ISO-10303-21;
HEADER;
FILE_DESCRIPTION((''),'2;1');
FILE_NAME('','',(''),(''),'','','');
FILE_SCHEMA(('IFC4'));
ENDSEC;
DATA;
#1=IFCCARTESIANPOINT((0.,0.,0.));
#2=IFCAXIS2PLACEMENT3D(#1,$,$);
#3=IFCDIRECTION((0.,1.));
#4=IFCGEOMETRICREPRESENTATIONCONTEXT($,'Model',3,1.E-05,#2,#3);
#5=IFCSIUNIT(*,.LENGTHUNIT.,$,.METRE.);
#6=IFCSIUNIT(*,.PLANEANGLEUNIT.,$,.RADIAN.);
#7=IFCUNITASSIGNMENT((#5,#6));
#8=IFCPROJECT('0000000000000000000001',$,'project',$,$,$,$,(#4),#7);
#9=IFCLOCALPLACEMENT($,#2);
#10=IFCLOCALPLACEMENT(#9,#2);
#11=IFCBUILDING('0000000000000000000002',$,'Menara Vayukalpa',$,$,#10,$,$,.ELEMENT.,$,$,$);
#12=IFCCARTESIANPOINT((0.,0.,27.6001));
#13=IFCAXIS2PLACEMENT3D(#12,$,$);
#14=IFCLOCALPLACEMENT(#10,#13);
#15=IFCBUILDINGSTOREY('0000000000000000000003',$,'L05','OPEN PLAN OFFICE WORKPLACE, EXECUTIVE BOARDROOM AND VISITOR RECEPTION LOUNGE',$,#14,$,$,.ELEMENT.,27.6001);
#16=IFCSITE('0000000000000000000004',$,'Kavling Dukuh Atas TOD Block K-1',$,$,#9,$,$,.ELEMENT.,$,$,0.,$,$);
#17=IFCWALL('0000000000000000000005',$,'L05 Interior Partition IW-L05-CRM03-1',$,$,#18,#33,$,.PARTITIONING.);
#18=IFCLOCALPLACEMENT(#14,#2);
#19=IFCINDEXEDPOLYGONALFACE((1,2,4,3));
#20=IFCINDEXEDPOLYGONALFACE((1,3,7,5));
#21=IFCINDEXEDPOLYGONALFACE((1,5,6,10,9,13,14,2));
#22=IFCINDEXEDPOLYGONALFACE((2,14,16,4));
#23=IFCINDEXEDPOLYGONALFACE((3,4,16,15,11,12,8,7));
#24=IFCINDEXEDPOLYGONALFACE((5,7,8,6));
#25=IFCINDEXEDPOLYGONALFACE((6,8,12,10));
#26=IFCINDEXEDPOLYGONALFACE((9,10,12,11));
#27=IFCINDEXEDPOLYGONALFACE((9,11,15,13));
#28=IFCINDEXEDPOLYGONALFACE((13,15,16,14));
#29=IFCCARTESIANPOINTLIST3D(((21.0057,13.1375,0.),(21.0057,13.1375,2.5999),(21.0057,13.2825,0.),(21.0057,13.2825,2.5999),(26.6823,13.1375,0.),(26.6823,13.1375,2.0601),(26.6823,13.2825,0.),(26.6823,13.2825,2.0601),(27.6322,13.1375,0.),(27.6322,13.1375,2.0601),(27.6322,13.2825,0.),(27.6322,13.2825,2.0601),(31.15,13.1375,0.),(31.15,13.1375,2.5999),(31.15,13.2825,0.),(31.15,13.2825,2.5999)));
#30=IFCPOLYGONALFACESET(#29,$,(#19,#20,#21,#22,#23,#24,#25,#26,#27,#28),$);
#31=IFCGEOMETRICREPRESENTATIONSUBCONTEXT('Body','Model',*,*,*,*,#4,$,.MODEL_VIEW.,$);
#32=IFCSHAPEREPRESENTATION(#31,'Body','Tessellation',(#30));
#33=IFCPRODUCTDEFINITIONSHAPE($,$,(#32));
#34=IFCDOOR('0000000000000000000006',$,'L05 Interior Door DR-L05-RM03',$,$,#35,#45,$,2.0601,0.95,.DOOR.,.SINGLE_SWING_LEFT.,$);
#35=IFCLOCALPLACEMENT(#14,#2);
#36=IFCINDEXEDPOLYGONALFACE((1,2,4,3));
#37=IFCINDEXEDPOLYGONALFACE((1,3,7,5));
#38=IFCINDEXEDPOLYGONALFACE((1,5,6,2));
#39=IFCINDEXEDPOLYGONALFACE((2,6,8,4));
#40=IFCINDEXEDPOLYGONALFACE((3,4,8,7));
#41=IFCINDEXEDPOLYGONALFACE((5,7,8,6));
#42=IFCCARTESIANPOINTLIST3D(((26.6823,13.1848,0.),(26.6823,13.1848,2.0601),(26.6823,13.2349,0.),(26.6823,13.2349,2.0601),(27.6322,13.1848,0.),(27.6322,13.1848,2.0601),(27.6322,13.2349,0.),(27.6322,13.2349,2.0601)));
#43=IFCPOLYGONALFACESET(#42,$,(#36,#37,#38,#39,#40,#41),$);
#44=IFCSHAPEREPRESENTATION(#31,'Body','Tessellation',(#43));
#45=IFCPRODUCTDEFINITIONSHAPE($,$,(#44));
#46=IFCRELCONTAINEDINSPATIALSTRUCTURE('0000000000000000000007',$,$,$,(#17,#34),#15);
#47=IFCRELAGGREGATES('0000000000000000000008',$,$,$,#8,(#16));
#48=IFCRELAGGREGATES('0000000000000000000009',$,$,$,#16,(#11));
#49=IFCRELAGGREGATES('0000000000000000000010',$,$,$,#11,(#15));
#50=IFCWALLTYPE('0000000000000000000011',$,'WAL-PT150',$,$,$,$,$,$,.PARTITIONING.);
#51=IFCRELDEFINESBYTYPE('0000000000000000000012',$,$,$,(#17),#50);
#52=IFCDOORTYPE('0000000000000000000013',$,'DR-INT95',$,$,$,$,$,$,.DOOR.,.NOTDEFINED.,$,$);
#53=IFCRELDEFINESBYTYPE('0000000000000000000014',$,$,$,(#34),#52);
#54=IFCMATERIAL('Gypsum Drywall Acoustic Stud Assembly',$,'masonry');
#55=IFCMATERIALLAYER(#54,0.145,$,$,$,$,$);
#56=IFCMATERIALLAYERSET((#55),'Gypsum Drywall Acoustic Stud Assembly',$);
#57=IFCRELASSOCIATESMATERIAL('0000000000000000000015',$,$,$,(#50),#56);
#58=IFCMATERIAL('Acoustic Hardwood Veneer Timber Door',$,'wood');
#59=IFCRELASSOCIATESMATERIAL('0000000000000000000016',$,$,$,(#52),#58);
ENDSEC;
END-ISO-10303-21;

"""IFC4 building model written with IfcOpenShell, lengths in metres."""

from ifc_helpers import new_model, si_unit, direction, frame, frame_2d, origin, place, context, subcontext, project, spatial, rectangle, extrude, material, layer, layer_set, type_object, element, fill, save


model = new_model("IFC4")

# Units and contexts
model_context = context("Model", 3, precision=1e-05, world=origin(), true_north=direction((0.0, 1.0)))
body_context = subcontext(model_context, "Body", "Model", "MODEL_VIEW")
ifc_project = project(units=[si_unit("LENGTHUNIT", "METRE"), si_unit("PLANEANGLEUNIT", "RADIAN")], contexts=[model_context])

# Site, building, storey
site_placement = place(None, origin())
site = spatial("IfcSite", under=ifc_project, at=site_placement, Name="Kavling Dukuh Atas TOD Block K-1", CompositionType="ELEMENT", RefElevation=0.0)
building_placement = place(site_placement, origin())
building = spatial("IfcBuilding", under=site, at=building_placement, Name="Menara Vayukalpa", CompositionType="ELEMENT")
storey_placement = place(building_placement, frame((0.0, 0.0, 27.6001)))
storey = spatial("IfcBuildingStorey", under=building, at=storey_placement, Name="L05", Description="OPEN PLAN OFFICE WORKPLACE, EXECUTIVE BOARDROOM AND VISITOR RECEPTION LOUNGE", CompositionType="ELEMENT", Elevation=27.6001)

# Shared definitions
ifc_material_1 = material(Name="Gypsum Drywall Acoustic Stud Assembly", Category="masonry")
ifc_layer_1 = layer(ifc_material_1, 0.145)
ifc_layer_set_1 = layer_set([ifc_layer_1], Name="Gypsum Drywall Acoustic Stud Assembly")
wall_type_1 = type_object("IfcWallType", Name="WAL-PT150", PredefinedType="PARTITIONING", material=ifc_layer_set_1)
ifc_material_2 = material(Name="Acoustic Hardwood Veneer Timber Door", Category="wood")
door_type_1 = type_object("IfcDoorType", Name="DR-INT95", OperationType="NOTDEFINED", PredefinedType="DOOR", material=ifc_material_2)

# Wall, opening, door
wall_1_placement = place(storey_placement, frame((21.0056, 13.21, 0.0), z_axis=(0.0, 0.0, 1.0), x_axis=(1.0, 0.0, 0.0)))
wall_1 = element("IfcWall", 1, at=wall_1_placement, inside=storey, type_object=wall_type_1, Name="L05 Interior Partition IW-L05-CRM03-1", PredefinedType="PARTITIONING", context=body_context, shape_type="SweptSolid", body=[
    extrude(rectangle(XDim=10.1443, YDim=0.145, at=frame_2d((5.0723, 0.0))), origin(), (0.0, 0.0, 1.0), 2.5999),
])
opening_1_placement = place(wall_1_placement, frame((5.6765, 0.0, 0.0)))
opening_1 = element("IfcOpeningElement", 2, at=opening_1_placement, cuts=wall_1, PredefinedType="OPENING", context=body_context, shape_type="SweptSolid", body=[
    extrude(rectangle(XDim=0.95, YDim=2.0601, at=frame_2d((0.4751, 1.03))), frame((0.0, 0.0825, 0.0), z_axis=(0.0, -1.0, 0.0), x_axis=(1.0, 0.0, 0.0)), (0.0, 0.0, 1.0), 0.165),
])
door_1_placement = place(opening_1_placement, origin())
door_1 = element("IfcDoor", 3, at=door_1_placement, inside=storey, type_object=door_type_1, Name="L05 Interior Door DR-L05-RM03", OperationType="SINGLE_SWING_LEFT", OverallHeight=2.0601, OverallWidth=0.95, PredefinedType="DOOR", context=body_context, shape_type="SweptSolid", body=[
    extrude(rectangle(XDim=0.95, YDim=2.0601, at=frame_2d((0.4751, 1.03))), frame((0.0, 0.0249, 0.0), z_axis=(0.0, -1.0, 0.0), x_axis=(1.0, 0.0, 0.0)), (0.0, 0.0, 1.0), 0.05),
])
fill(opening_1, door_1)

save(model, "model.ifc")
